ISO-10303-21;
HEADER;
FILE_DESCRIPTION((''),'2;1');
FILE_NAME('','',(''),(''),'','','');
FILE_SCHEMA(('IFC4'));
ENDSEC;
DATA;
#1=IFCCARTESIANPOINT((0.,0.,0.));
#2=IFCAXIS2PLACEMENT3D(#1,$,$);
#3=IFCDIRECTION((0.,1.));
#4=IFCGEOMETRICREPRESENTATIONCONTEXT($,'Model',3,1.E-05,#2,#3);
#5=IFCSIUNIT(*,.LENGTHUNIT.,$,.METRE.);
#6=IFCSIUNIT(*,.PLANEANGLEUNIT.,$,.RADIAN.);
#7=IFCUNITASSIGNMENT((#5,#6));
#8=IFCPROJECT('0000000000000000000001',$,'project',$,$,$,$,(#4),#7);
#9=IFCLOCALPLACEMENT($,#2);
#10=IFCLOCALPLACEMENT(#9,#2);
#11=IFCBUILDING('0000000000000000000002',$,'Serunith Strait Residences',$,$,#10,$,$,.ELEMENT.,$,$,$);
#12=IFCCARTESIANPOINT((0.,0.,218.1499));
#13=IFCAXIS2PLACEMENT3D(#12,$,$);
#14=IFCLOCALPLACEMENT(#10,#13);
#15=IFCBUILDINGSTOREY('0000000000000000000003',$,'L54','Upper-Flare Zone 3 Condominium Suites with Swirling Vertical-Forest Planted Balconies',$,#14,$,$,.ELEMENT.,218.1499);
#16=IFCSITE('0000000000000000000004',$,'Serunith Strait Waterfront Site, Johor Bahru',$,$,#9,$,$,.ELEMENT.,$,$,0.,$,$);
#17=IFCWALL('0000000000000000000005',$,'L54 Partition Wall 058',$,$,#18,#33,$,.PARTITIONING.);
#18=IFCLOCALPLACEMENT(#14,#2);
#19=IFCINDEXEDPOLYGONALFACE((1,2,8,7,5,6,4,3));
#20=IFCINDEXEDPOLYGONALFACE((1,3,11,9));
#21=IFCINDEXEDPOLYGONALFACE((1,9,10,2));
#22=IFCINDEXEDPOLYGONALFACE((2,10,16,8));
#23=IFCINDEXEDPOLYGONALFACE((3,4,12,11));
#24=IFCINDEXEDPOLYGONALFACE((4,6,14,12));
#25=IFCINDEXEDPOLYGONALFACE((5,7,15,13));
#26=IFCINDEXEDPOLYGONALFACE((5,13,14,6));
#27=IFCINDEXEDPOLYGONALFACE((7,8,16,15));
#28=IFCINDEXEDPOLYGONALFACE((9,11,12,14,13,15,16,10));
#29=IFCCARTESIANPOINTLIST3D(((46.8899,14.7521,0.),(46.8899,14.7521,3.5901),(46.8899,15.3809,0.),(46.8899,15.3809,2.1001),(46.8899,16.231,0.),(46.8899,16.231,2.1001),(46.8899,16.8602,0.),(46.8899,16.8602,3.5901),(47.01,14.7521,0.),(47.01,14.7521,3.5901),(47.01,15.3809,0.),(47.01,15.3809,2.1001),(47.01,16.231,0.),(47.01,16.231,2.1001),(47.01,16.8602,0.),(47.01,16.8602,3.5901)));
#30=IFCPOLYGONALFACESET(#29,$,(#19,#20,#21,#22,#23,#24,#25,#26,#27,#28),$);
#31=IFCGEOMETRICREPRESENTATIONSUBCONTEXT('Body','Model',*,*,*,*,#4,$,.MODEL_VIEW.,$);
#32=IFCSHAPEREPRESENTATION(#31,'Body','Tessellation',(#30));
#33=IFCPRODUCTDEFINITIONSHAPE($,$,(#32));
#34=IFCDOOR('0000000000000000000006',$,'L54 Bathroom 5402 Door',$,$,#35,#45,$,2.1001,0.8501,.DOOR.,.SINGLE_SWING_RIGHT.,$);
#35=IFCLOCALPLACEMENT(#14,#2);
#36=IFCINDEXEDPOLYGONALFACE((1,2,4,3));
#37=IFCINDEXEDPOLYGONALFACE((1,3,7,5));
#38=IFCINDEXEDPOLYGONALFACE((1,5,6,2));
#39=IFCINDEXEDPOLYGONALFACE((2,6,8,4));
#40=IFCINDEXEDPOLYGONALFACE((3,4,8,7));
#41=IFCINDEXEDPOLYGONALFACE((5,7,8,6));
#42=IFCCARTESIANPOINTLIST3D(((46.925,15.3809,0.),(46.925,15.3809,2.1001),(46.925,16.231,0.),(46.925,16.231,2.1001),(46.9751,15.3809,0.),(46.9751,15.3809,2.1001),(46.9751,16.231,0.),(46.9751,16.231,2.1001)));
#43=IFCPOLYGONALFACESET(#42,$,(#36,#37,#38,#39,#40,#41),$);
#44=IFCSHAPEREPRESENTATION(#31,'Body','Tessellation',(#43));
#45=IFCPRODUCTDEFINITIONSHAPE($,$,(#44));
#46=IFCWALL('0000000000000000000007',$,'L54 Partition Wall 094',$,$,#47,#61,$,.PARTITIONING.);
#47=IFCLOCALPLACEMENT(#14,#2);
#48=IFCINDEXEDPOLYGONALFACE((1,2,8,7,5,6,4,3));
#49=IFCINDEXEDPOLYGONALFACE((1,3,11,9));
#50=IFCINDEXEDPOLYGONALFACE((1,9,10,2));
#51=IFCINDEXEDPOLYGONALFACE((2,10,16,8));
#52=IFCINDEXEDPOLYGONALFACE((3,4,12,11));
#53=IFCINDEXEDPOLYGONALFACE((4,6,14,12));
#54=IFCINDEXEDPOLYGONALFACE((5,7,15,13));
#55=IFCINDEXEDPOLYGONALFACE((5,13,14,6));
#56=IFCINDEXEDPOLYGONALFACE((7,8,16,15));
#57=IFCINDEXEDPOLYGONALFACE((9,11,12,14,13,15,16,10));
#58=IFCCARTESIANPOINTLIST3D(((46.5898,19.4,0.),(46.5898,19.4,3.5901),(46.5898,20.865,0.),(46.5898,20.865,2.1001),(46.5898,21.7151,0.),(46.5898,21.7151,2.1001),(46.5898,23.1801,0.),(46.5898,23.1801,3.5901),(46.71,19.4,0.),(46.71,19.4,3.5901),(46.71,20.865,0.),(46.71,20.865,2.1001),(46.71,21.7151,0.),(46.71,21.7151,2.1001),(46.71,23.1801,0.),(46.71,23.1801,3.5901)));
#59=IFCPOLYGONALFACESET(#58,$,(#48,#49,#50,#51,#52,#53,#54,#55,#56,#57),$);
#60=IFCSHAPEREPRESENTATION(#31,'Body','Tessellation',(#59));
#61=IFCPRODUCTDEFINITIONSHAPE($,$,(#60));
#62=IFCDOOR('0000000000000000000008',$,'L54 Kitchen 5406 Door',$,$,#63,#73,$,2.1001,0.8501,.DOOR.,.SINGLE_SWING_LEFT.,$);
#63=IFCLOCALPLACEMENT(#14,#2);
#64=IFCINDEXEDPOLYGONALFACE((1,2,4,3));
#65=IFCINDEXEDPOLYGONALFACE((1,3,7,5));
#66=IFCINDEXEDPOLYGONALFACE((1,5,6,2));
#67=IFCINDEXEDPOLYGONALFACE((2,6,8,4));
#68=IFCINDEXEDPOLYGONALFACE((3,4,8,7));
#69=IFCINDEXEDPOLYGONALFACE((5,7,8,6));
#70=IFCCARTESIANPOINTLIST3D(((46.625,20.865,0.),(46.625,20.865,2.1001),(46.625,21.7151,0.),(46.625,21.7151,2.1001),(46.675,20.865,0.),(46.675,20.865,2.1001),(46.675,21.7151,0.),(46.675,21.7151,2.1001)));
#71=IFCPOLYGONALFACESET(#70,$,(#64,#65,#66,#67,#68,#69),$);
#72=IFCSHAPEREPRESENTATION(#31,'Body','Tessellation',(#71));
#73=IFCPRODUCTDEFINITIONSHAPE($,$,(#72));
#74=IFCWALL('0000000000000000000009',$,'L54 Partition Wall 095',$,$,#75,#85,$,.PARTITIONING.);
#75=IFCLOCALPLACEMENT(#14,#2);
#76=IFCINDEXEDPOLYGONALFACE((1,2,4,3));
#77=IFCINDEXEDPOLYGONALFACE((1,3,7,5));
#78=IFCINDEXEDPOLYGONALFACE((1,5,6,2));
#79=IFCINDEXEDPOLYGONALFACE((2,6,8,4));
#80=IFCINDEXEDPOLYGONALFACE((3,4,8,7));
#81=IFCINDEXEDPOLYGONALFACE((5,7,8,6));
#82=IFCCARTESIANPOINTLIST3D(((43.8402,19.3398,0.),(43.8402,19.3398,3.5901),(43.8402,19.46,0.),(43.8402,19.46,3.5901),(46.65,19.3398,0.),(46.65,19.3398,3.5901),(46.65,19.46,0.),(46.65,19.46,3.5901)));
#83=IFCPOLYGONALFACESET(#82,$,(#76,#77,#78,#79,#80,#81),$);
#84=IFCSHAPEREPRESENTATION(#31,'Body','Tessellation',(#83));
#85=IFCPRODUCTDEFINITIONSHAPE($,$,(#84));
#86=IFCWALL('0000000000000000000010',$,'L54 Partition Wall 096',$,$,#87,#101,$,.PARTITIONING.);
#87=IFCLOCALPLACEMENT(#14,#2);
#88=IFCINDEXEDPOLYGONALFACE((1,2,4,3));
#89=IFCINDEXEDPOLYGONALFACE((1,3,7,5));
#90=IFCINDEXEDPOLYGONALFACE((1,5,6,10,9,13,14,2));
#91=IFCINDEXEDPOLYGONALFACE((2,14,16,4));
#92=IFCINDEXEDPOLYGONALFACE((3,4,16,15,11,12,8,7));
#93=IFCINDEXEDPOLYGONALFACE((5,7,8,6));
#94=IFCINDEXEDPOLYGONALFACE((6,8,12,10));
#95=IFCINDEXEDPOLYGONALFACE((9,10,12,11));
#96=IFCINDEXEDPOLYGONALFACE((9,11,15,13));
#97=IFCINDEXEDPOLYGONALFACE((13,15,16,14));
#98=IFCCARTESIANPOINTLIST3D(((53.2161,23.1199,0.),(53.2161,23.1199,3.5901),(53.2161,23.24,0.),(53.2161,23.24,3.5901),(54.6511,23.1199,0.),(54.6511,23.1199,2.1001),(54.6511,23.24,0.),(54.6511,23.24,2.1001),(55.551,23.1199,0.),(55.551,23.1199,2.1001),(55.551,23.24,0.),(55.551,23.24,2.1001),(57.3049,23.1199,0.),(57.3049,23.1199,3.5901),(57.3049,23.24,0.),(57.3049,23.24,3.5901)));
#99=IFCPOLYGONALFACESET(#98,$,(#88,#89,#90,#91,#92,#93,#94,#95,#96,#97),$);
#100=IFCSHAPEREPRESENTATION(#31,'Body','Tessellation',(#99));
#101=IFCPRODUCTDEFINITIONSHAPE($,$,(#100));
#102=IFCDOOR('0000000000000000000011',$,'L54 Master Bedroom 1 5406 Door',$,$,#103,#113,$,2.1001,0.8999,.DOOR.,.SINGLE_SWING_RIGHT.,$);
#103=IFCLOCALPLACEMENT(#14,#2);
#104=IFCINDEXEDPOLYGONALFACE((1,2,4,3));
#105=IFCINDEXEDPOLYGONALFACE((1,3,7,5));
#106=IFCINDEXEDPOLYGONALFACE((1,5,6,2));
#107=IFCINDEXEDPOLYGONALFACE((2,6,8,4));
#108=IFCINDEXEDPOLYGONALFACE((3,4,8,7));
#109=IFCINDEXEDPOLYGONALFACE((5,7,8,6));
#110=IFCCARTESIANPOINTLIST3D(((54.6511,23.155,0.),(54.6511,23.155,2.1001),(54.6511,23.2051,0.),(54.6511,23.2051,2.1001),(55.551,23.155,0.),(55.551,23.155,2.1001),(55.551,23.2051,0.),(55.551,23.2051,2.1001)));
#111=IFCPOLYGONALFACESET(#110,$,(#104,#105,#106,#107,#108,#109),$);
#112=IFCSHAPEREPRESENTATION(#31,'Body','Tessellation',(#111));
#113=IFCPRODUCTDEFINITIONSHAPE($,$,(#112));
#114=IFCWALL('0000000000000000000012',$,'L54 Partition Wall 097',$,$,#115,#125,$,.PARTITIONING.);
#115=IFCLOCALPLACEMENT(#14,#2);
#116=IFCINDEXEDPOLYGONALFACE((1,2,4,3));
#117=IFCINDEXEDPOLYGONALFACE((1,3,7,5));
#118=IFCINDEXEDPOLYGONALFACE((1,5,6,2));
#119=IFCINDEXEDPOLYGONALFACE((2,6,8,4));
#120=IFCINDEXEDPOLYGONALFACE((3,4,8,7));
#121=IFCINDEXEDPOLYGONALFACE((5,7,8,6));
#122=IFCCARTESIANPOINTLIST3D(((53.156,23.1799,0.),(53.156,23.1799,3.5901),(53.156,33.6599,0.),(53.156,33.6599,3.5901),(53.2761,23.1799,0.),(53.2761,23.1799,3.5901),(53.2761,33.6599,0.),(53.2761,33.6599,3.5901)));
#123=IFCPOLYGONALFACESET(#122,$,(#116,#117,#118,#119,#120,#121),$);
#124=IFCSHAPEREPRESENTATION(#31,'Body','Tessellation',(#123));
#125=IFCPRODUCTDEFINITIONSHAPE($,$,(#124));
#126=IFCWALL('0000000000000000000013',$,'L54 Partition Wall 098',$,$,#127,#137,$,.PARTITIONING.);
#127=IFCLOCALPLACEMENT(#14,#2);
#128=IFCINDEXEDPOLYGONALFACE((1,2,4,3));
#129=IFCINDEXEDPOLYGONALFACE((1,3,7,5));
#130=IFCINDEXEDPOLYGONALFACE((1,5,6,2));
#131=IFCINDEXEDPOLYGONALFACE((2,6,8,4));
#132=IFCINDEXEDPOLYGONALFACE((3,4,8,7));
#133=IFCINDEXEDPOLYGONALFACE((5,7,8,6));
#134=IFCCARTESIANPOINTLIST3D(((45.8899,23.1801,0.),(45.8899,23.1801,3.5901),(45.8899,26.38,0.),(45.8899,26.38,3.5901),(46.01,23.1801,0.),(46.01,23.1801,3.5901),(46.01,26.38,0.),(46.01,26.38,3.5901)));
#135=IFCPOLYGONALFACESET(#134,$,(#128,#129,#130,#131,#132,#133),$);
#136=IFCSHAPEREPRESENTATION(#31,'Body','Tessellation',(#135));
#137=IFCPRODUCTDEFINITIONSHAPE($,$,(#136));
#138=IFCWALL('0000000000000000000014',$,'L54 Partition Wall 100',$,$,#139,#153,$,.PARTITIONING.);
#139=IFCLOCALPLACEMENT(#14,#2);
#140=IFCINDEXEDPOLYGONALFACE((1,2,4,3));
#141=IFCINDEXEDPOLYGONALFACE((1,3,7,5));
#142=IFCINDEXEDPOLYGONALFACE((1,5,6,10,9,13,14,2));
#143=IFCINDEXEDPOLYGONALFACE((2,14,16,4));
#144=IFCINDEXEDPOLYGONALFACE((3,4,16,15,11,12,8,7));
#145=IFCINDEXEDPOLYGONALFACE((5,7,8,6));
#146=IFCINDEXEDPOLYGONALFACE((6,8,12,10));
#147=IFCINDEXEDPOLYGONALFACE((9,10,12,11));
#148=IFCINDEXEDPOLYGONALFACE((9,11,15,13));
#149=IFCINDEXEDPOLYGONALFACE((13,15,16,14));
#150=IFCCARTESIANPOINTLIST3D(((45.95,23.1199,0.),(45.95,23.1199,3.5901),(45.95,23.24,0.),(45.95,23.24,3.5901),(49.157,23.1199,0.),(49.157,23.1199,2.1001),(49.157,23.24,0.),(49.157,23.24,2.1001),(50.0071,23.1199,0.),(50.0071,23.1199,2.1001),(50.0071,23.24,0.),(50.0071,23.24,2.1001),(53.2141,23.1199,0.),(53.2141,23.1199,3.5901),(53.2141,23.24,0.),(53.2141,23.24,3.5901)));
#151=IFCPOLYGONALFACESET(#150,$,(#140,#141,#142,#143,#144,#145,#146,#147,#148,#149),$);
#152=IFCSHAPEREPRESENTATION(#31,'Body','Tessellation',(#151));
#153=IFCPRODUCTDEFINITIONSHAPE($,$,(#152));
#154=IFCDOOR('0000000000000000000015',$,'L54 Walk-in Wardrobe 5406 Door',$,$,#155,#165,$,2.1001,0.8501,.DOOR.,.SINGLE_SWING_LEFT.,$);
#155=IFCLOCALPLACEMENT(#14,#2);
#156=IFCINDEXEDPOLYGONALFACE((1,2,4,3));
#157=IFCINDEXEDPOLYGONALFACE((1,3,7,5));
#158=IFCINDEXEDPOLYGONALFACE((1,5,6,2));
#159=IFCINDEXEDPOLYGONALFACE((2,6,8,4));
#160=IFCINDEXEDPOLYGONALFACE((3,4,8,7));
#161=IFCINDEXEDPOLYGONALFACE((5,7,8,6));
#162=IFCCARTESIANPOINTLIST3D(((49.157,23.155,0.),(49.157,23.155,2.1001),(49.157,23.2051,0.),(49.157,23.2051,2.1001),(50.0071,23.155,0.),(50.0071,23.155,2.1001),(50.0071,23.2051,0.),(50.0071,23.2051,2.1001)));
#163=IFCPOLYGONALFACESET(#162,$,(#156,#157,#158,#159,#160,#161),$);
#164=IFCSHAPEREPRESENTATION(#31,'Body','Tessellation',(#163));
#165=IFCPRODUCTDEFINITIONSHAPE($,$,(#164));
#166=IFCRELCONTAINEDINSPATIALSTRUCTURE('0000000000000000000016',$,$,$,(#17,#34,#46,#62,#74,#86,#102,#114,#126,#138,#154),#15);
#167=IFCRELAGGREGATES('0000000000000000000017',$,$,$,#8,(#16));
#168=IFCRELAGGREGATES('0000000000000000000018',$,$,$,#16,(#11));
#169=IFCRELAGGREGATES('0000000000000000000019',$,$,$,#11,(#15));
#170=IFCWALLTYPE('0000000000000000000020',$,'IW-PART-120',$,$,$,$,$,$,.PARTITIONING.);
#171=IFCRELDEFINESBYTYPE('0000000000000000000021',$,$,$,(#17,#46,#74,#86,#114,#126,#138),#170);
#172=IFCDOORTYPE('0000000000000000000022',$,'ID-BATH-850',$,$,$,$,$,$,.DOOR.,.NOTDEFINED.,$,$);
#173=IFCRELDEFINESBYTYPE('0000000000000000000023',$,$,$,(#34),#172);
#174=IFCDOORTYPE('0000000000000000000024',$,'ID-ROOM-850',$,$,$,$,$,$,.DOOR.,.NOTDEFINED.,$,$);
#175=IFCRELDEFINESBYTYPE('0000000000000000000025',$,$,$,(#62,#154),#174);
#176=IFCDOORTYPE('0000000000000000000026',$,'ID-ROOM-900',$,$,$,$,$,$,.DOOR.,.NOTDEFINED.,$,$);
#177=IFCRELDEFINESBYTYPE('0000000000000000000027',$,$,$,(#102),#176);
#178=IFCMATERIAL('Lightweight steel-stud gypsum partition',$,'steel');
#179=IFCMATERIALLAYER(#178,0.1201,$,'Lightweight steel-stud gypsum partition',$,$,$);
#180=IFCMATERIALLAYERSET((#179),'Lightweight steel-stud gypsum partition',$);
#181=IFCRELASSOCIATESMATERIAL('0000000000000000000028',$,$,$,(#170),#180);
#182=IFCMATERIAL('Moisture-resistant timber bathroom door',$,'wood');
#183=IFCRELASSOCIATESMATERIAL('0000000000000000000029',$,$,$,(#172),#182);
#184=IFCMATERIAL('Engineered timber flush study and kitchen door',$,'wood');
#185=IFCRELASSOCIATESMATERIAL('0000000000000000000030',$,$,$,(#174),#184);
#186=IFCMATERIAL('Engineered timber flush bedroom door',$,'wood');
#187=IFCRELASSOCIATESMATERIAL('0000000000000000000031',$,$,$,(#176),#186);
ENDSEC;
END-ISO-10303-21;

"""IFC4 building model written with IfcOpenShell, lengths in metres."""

from ifc_helpers import new_model, si_unit, direction, frame, frame_2d, origin, place, context, subcontext, project, spatial, rectangle, extrude, source, transform, mapped, material, layer, layer_set, type_object, element, fill, save


model = new_model("IFC4")

# Units and contexts
model_context = context("Model", 3, precision=1e-05, world=origin(), true_north=direction((0.0, 1.0)))
body_context = subcontext(model_context, "Body", "Model", "MODEL_VIEW")
ifc_project = project(units=[si_unit("LENGTHUNIT", "METRE"), si_unit("PLANEANGLEUNIT", "RADIAN")], contexts=[model_context])

# Site, building, storey
site_placement = place(None, origin())
site = spatial("IfcSite", under=ifc_project, at=site_placement, Name="Serunith Strait Waterfront Site, Johor Bahru", CompositionType="ELEMENT", RefElevation=0.0)
building_placement = place(site_placement, origin())
building = spatial("IfcBuilding", under=site, at=building_placement, Name="Serunith Strait Residences", CompositionType="ELEMENT")
storey_placement = place(building_placement, frame((0.0, 0.0, 218.1499)))
storey = spatial("IfcBuildingStorey", under=building, at=storey_placement, Name="L54", Description="Upper-Flare Zone 3 Condominium Suites with Swirling Vertical-Forest Planted Balconies", CompositionType="ELEMENT", Elevation=218.1499)

# Shared definitions
ifc_material_1 = material(Name="Lightweight steel-stud gypsum partition", Category="steel")
ifc_layer_1 = layer(ifc_material_1, 0.1201, Name="Lightweight steel-stud gypsum partition")
ifc_layer_set_1 = layer_set([ifc_layer_1], Name="Lightweight steel-stud gypsum partition")
wall_type = type_object("IfcWallType", Name="IW-PART-120", PredefinedType="PARTITIONING", material=ifc_layer_set_1)

# Walls, openings, doors
wall_1_placement = place(storey_placement, frame((46.95, 14.752, 0.0), z_axis=(0.0, 0.0, 1.0), x_axis=(0.0, 1.0, 0.0)))
wall_1 = element("IfcWall", 1, at=wall_1_placement, inside=storey, type_object=wall_type, Name="L54 Partition Wall 058", PredefinedType="PARTITIONING", context=body_context, shape_type="SweptSolid", body=[
    extrude(rectangle(XDim=2.1082, YDim=0.1201, at=frame_2d((1.0542, 0.0))), origin(), (0.0, 0.0, 1.0), 3.5901),
])
opening_1_placement = place(wall_1_placement, frame((0.6289, 0.0, 0.0)))
opening_1 = element("IfcOpeningElement", 2, at=opening_1_placement, cuts=wall_1, PredefinedType="OPENING", context=body_context, shape_type="SweptSolid", body=[
    extrude(rectangle(XDim=0.8501, YDim=2.1001, at=frame_2d((0.425, 1.05))), frame((0.0, 0.0701, 0.0), z_axis=(0.0, -1.0, 0.0), x_axis=(1.0, 0.0, 0.0)), (0.0, 0.0, 1.0), 0.1401),
])
ifc_material_2 = material(Name="Moisture-resistant timber bathroom door", Category="wood")
door_type_1 = type_object("IfcDoorType", Name="ID-BATH-850", OperationType="NOTDEFINED", PredefinedType="DOOR", material=ifc_material_2)
shared_shape_1 = source(origin(), body_context, "Body", "SweptSolid", [
    extrude(rectangle(XDim=0.8501, YDim=2.1001, at=frame_2d((0.425, 1.05))), frame((0.0, 0.0249, 0.0), z_axis=(0.0, -1.0, 0.0), x_axis=(1.0, 0.0, 0.0)), (0.0, 0.0, 1.0), 0.05),
])
door_1_placement = place(opening_1_placement, origin())
door_1 = element("IfcDoor", 3, at=door_1_placement, inside=storey, type_object=door_type_1, Name="L54 Bathroom 5402 Door", OperationType="SINGLE_SWING_RIGHT", OverallHeight=2.1001, OverallWidth=0.8501, PredefinedType="DOOR", context=body_context, shape_type="MappedRepresentation", body=[
    mapped(shared_shape_1, transform((0.0, 0.0, 0.0), scale=1.0)),
])
fill(opening_1, door_1)
wall_2_placement = place(storey_placement, frame((46.6499, 19.3999, 0.0), z_axis=(0.0, 0.0, 1.0), x_axis=(0.0, 1.0, 0.0)))
wall_2 = element("IfcWall", 4, at=wall_2_placement, inside=storey, type_object=wall_type, Name="L54 Partition Wall 094", PredefinedType="PARTITIONING", context=body_context, shape_type="SweptSolid", body=[
    extrude(rectangle(XDim=3.78, YDim=0.1201, at=frame_2d((1.8901, 0.0))), origin(), (0.0, 0.0, 1.0), 3.5901),
])
opening_2_placement = place(wall_2_placement, frame((1.4651, 0.0, 0.0)))
opening_2 = element("IfcOpeningElement", 5, at=opening_2_placement, cuts=wall_2, PredefinedType="OPENING", context=body_context, shape_type="SweptSolid", body=[
    extrude(rectangle(XDim=0.8501, YDim=2.1001, at=frame_2d((0.425, 1.05))), frame((0.0, 0.0701, 0.0), z_axis=(0.0, -1.0, 0.0), x_axis=(1.0, 0.0, 0.0)), (0.0, 0.0, 1.0), 0.1401),
])
ifc_material_3 = material(Name="Engineered timber flush study and kitchen door", Category="wood")
door_type_2 = type_object("IfcDoorType", Name="ID-ROOM-850", OperationType="NOTDEFINED", PredefinedType="DOOR", material=ifc_material_3)
door_2_placement = place(opening_2_placement, origin())
door_2 = element("IfcDoor", 6, at=door_2_placement, inside=storey, type_object=door_type_2, Name="L54 Kitchen 5406 Door", OperationType="SINGLE_SWING_LEFT", OverallHeight=2.1001, OverallWidth=0.8501, PredefinedType="DOOR", context=body_context, shape_type="MappedRepresentation", body=[
    mapped(shared_shape_1, transform((0.0, 0.0, 0.0), scale=1.0)),
])
fill(opening_2, door_2)

# Wall
wall_3_placement = place(storey_placement, frame((46.6499, 19.3999, 0.0), z_axis=(0.0, 0.0, 1.0), x_axis=(-1.0, 0.0, 0.0)))
element("IfcWall", 7, at=wall_3_placement, inside=storey, type_object=wall_type, Name="L54 Partition Wall 095", PredefinedType="PARTITIONING", context=body_context, shape_type="SweptSolid", body=[
    extrude(rectangle(XDim=2.8098, YDim=0.1201, at=frame_2d((1.4048, 0.0))), origin(), (0.0, 0.0, 1.0), 3.5901),
])

# Wall, opening, door
wall_4_placement = place(storey_placement, frame((57.3049, 23.1799, 0.0), z_axis=(0.0, 0.0, 1.0), x_axis=(-1.0, 0.0, 0.0)))
wall_4 = element("IfcWall", 8, at=wall_4_placement, inside=storey, type_object=wall_type, Name="L54 Partition Wall 096", PredefinedType="PARTITIONING", context=body_context, shape_type="SweptSolid", body=[
    extrude(rectangle(XDim=4.0889, YDim=0.1201, at=frame_2d((2.0444, 0.0))), origin(), (0.0, 0.0, 1.0), 3.5901),
])
opening_3_placement = place(wall_4_placement, frame((1.7539, 0.0, 0.0)))
opening_3 = element("IfcOpeningElement", 9, at=opening_3_placement, cuts=wall_4, PredefinedType="OPENING", context=body_context, shape_type="SweptSolid", body=[
    extrude(rectangle(XDim=0.8999, YDim=2.1001, at=frame_2d((0.45, 1.05))), frame((0.0, 0.0701, 0.0), z_axis=(0.0, -1.0, 0.0), x_axis=(1.0, 0.0, 0.0)), (0.0, 0.0, 1.0), 0.1401),
])
ifc_material_4 = material(Name="Engineered timber flush bedroom door", Category="wood")
door_type_3 = type_object("IfcDoorType", Name="ID-ROOM-900", OperationType="NOTDEFINED", PredefinedType="DOOR", material=ifc_material_4)
shared_shape_2 = source(origin(), body_context, "Body", "SweptSolid", [
    extrude(rectangle(XDim=0.8999, YDim=2.1001, at=frame_2d((0.45, 1.05))), frame((0.0, 0.0249, 0.0), z_axis=(0.0, -1.0, 0.0), x_axis=(1.0, 0.0, 0.0)), (0.0, 0.0, 1.0), 0.05),
])
door_3_placement = place(opening_3_placement, origin())
door_3 = element("IfcDoor", 10, at=door_3_placement, inside=storey, type_object=door_type_3, Name="L54 Master Bedroom 1 5406 Door", OperationType="SINGLE_SWING_RIGHT", OverallHeight=2.1001, OverallWidth=0.8999, PredefinedType="DOOR", context=body_context, shape_type="MappedRepresentation", body=[
    mapped(shared_shape_2, transform((0.0, 0.0, 0.0), scale=1.0)),
])
fill(opening_3, door_3)

# Walls
wall_5_placement = place(storey_placement, frame((53.2161, 23.1799, 0.0), z_axis=(0.0, 0.0, 1.0), x_axis=(0.0, 1.0, 0.0)))
element("IfcWall", 11, at=wall_5_placement, inside=storey, type_object=wall_type, Name="L54 Partition Wall 097", PredefinedType="PARTITIONING", context=body_context, shape_type="SweptSolid", body=[
    extrude(rectangle(XDim=10.48, YDim=0.1201, at=frame_2d((5.24, 0.0))), origin(), (0.0, 0.0, 1.0), 3.5901),
])
wall_6_placement = place(storey_placement, frame((45.95, 23.1799, 0.0), z_axis=(0.0, 0.0, 1.0), x_axis=(0.0, 1.0, 0.0)))
element("IfcWall", 12, at=wall_6_placement, inside=storey, type_object=wall_type, Name="L54 Partition Wall 098", PredefinedType="PARTITIONING", context=body_context, shape_type="SweptSolid", body=[
    extrude(rectangle(XDim=3.2, YDim=0.1201, at=frame_2d((1.6001, 0.0))), origin(), (0.0, 0.0, 1.0), 3.5901),
])

# Wall, opening, door
wall_7_placement = place(storey_placement, frame((53.2141, 23.1799, 0.0), z_axis=(0.0, 0.0, 1.0), x_axis=(-1.0, 0.0, 0.0)))
wall_7 = element("IfcWall", 13, at=wall_7_placement, inside=storey, type_object=wall_type, Name="L54 Partition Wall 100", PredefinedType="PARTITIONING", context=body_context, shape_type="SweptSolid", body=[
    extrude(rectangle(XDim=7.2642, YDim=0.1201, at=frame_2d((3.6321, 0.0))), origin(), (0.0, 0.0, 1.0), 3.5901),
])
opening_4_placement = place(wall_7_placement, frame((3.207, 0.0, 0.0)))
opening_4 = element("IfcOpeningElement", 14, at=opening_4_placement, cuts=wall_7, PredefinedType="OPENING", context=body_context, shape_type="SweptSolid", body=[
    extrude(rectangle(XDim=0.8501, YDim=2.1001, at=frame_2d((0.425, 1.05))), frame((0.0, 0.0701, 0.0), z_axis=(0.0, -1.0, 0.0), x_axis=(1.0, 0.0, 0.0)), (0.0, 0.0, 1.0), 0.1401),
])
door_4_placement = place(opening_4_placement, origin())
door_4 = element("IfcDoor", 15, at=door_4_placement, inside=storey, type_object=door_type_2, Name="L54 Walk-in Wardrobe 5406 Door", OperationType="SINGLE_SWING_LEFT", OverallHeight=2.1001, OverallWidth=0.8501, PredefinedType="DOOR", context=body_context, shape_type="MappedRepresentation", body=[
    mapped(shared_shape_1, transform((0.0, 0.0, 0.0), scale=1.0)),
])
fill(opening_4, door_4)

save(model, "model.ifc")
